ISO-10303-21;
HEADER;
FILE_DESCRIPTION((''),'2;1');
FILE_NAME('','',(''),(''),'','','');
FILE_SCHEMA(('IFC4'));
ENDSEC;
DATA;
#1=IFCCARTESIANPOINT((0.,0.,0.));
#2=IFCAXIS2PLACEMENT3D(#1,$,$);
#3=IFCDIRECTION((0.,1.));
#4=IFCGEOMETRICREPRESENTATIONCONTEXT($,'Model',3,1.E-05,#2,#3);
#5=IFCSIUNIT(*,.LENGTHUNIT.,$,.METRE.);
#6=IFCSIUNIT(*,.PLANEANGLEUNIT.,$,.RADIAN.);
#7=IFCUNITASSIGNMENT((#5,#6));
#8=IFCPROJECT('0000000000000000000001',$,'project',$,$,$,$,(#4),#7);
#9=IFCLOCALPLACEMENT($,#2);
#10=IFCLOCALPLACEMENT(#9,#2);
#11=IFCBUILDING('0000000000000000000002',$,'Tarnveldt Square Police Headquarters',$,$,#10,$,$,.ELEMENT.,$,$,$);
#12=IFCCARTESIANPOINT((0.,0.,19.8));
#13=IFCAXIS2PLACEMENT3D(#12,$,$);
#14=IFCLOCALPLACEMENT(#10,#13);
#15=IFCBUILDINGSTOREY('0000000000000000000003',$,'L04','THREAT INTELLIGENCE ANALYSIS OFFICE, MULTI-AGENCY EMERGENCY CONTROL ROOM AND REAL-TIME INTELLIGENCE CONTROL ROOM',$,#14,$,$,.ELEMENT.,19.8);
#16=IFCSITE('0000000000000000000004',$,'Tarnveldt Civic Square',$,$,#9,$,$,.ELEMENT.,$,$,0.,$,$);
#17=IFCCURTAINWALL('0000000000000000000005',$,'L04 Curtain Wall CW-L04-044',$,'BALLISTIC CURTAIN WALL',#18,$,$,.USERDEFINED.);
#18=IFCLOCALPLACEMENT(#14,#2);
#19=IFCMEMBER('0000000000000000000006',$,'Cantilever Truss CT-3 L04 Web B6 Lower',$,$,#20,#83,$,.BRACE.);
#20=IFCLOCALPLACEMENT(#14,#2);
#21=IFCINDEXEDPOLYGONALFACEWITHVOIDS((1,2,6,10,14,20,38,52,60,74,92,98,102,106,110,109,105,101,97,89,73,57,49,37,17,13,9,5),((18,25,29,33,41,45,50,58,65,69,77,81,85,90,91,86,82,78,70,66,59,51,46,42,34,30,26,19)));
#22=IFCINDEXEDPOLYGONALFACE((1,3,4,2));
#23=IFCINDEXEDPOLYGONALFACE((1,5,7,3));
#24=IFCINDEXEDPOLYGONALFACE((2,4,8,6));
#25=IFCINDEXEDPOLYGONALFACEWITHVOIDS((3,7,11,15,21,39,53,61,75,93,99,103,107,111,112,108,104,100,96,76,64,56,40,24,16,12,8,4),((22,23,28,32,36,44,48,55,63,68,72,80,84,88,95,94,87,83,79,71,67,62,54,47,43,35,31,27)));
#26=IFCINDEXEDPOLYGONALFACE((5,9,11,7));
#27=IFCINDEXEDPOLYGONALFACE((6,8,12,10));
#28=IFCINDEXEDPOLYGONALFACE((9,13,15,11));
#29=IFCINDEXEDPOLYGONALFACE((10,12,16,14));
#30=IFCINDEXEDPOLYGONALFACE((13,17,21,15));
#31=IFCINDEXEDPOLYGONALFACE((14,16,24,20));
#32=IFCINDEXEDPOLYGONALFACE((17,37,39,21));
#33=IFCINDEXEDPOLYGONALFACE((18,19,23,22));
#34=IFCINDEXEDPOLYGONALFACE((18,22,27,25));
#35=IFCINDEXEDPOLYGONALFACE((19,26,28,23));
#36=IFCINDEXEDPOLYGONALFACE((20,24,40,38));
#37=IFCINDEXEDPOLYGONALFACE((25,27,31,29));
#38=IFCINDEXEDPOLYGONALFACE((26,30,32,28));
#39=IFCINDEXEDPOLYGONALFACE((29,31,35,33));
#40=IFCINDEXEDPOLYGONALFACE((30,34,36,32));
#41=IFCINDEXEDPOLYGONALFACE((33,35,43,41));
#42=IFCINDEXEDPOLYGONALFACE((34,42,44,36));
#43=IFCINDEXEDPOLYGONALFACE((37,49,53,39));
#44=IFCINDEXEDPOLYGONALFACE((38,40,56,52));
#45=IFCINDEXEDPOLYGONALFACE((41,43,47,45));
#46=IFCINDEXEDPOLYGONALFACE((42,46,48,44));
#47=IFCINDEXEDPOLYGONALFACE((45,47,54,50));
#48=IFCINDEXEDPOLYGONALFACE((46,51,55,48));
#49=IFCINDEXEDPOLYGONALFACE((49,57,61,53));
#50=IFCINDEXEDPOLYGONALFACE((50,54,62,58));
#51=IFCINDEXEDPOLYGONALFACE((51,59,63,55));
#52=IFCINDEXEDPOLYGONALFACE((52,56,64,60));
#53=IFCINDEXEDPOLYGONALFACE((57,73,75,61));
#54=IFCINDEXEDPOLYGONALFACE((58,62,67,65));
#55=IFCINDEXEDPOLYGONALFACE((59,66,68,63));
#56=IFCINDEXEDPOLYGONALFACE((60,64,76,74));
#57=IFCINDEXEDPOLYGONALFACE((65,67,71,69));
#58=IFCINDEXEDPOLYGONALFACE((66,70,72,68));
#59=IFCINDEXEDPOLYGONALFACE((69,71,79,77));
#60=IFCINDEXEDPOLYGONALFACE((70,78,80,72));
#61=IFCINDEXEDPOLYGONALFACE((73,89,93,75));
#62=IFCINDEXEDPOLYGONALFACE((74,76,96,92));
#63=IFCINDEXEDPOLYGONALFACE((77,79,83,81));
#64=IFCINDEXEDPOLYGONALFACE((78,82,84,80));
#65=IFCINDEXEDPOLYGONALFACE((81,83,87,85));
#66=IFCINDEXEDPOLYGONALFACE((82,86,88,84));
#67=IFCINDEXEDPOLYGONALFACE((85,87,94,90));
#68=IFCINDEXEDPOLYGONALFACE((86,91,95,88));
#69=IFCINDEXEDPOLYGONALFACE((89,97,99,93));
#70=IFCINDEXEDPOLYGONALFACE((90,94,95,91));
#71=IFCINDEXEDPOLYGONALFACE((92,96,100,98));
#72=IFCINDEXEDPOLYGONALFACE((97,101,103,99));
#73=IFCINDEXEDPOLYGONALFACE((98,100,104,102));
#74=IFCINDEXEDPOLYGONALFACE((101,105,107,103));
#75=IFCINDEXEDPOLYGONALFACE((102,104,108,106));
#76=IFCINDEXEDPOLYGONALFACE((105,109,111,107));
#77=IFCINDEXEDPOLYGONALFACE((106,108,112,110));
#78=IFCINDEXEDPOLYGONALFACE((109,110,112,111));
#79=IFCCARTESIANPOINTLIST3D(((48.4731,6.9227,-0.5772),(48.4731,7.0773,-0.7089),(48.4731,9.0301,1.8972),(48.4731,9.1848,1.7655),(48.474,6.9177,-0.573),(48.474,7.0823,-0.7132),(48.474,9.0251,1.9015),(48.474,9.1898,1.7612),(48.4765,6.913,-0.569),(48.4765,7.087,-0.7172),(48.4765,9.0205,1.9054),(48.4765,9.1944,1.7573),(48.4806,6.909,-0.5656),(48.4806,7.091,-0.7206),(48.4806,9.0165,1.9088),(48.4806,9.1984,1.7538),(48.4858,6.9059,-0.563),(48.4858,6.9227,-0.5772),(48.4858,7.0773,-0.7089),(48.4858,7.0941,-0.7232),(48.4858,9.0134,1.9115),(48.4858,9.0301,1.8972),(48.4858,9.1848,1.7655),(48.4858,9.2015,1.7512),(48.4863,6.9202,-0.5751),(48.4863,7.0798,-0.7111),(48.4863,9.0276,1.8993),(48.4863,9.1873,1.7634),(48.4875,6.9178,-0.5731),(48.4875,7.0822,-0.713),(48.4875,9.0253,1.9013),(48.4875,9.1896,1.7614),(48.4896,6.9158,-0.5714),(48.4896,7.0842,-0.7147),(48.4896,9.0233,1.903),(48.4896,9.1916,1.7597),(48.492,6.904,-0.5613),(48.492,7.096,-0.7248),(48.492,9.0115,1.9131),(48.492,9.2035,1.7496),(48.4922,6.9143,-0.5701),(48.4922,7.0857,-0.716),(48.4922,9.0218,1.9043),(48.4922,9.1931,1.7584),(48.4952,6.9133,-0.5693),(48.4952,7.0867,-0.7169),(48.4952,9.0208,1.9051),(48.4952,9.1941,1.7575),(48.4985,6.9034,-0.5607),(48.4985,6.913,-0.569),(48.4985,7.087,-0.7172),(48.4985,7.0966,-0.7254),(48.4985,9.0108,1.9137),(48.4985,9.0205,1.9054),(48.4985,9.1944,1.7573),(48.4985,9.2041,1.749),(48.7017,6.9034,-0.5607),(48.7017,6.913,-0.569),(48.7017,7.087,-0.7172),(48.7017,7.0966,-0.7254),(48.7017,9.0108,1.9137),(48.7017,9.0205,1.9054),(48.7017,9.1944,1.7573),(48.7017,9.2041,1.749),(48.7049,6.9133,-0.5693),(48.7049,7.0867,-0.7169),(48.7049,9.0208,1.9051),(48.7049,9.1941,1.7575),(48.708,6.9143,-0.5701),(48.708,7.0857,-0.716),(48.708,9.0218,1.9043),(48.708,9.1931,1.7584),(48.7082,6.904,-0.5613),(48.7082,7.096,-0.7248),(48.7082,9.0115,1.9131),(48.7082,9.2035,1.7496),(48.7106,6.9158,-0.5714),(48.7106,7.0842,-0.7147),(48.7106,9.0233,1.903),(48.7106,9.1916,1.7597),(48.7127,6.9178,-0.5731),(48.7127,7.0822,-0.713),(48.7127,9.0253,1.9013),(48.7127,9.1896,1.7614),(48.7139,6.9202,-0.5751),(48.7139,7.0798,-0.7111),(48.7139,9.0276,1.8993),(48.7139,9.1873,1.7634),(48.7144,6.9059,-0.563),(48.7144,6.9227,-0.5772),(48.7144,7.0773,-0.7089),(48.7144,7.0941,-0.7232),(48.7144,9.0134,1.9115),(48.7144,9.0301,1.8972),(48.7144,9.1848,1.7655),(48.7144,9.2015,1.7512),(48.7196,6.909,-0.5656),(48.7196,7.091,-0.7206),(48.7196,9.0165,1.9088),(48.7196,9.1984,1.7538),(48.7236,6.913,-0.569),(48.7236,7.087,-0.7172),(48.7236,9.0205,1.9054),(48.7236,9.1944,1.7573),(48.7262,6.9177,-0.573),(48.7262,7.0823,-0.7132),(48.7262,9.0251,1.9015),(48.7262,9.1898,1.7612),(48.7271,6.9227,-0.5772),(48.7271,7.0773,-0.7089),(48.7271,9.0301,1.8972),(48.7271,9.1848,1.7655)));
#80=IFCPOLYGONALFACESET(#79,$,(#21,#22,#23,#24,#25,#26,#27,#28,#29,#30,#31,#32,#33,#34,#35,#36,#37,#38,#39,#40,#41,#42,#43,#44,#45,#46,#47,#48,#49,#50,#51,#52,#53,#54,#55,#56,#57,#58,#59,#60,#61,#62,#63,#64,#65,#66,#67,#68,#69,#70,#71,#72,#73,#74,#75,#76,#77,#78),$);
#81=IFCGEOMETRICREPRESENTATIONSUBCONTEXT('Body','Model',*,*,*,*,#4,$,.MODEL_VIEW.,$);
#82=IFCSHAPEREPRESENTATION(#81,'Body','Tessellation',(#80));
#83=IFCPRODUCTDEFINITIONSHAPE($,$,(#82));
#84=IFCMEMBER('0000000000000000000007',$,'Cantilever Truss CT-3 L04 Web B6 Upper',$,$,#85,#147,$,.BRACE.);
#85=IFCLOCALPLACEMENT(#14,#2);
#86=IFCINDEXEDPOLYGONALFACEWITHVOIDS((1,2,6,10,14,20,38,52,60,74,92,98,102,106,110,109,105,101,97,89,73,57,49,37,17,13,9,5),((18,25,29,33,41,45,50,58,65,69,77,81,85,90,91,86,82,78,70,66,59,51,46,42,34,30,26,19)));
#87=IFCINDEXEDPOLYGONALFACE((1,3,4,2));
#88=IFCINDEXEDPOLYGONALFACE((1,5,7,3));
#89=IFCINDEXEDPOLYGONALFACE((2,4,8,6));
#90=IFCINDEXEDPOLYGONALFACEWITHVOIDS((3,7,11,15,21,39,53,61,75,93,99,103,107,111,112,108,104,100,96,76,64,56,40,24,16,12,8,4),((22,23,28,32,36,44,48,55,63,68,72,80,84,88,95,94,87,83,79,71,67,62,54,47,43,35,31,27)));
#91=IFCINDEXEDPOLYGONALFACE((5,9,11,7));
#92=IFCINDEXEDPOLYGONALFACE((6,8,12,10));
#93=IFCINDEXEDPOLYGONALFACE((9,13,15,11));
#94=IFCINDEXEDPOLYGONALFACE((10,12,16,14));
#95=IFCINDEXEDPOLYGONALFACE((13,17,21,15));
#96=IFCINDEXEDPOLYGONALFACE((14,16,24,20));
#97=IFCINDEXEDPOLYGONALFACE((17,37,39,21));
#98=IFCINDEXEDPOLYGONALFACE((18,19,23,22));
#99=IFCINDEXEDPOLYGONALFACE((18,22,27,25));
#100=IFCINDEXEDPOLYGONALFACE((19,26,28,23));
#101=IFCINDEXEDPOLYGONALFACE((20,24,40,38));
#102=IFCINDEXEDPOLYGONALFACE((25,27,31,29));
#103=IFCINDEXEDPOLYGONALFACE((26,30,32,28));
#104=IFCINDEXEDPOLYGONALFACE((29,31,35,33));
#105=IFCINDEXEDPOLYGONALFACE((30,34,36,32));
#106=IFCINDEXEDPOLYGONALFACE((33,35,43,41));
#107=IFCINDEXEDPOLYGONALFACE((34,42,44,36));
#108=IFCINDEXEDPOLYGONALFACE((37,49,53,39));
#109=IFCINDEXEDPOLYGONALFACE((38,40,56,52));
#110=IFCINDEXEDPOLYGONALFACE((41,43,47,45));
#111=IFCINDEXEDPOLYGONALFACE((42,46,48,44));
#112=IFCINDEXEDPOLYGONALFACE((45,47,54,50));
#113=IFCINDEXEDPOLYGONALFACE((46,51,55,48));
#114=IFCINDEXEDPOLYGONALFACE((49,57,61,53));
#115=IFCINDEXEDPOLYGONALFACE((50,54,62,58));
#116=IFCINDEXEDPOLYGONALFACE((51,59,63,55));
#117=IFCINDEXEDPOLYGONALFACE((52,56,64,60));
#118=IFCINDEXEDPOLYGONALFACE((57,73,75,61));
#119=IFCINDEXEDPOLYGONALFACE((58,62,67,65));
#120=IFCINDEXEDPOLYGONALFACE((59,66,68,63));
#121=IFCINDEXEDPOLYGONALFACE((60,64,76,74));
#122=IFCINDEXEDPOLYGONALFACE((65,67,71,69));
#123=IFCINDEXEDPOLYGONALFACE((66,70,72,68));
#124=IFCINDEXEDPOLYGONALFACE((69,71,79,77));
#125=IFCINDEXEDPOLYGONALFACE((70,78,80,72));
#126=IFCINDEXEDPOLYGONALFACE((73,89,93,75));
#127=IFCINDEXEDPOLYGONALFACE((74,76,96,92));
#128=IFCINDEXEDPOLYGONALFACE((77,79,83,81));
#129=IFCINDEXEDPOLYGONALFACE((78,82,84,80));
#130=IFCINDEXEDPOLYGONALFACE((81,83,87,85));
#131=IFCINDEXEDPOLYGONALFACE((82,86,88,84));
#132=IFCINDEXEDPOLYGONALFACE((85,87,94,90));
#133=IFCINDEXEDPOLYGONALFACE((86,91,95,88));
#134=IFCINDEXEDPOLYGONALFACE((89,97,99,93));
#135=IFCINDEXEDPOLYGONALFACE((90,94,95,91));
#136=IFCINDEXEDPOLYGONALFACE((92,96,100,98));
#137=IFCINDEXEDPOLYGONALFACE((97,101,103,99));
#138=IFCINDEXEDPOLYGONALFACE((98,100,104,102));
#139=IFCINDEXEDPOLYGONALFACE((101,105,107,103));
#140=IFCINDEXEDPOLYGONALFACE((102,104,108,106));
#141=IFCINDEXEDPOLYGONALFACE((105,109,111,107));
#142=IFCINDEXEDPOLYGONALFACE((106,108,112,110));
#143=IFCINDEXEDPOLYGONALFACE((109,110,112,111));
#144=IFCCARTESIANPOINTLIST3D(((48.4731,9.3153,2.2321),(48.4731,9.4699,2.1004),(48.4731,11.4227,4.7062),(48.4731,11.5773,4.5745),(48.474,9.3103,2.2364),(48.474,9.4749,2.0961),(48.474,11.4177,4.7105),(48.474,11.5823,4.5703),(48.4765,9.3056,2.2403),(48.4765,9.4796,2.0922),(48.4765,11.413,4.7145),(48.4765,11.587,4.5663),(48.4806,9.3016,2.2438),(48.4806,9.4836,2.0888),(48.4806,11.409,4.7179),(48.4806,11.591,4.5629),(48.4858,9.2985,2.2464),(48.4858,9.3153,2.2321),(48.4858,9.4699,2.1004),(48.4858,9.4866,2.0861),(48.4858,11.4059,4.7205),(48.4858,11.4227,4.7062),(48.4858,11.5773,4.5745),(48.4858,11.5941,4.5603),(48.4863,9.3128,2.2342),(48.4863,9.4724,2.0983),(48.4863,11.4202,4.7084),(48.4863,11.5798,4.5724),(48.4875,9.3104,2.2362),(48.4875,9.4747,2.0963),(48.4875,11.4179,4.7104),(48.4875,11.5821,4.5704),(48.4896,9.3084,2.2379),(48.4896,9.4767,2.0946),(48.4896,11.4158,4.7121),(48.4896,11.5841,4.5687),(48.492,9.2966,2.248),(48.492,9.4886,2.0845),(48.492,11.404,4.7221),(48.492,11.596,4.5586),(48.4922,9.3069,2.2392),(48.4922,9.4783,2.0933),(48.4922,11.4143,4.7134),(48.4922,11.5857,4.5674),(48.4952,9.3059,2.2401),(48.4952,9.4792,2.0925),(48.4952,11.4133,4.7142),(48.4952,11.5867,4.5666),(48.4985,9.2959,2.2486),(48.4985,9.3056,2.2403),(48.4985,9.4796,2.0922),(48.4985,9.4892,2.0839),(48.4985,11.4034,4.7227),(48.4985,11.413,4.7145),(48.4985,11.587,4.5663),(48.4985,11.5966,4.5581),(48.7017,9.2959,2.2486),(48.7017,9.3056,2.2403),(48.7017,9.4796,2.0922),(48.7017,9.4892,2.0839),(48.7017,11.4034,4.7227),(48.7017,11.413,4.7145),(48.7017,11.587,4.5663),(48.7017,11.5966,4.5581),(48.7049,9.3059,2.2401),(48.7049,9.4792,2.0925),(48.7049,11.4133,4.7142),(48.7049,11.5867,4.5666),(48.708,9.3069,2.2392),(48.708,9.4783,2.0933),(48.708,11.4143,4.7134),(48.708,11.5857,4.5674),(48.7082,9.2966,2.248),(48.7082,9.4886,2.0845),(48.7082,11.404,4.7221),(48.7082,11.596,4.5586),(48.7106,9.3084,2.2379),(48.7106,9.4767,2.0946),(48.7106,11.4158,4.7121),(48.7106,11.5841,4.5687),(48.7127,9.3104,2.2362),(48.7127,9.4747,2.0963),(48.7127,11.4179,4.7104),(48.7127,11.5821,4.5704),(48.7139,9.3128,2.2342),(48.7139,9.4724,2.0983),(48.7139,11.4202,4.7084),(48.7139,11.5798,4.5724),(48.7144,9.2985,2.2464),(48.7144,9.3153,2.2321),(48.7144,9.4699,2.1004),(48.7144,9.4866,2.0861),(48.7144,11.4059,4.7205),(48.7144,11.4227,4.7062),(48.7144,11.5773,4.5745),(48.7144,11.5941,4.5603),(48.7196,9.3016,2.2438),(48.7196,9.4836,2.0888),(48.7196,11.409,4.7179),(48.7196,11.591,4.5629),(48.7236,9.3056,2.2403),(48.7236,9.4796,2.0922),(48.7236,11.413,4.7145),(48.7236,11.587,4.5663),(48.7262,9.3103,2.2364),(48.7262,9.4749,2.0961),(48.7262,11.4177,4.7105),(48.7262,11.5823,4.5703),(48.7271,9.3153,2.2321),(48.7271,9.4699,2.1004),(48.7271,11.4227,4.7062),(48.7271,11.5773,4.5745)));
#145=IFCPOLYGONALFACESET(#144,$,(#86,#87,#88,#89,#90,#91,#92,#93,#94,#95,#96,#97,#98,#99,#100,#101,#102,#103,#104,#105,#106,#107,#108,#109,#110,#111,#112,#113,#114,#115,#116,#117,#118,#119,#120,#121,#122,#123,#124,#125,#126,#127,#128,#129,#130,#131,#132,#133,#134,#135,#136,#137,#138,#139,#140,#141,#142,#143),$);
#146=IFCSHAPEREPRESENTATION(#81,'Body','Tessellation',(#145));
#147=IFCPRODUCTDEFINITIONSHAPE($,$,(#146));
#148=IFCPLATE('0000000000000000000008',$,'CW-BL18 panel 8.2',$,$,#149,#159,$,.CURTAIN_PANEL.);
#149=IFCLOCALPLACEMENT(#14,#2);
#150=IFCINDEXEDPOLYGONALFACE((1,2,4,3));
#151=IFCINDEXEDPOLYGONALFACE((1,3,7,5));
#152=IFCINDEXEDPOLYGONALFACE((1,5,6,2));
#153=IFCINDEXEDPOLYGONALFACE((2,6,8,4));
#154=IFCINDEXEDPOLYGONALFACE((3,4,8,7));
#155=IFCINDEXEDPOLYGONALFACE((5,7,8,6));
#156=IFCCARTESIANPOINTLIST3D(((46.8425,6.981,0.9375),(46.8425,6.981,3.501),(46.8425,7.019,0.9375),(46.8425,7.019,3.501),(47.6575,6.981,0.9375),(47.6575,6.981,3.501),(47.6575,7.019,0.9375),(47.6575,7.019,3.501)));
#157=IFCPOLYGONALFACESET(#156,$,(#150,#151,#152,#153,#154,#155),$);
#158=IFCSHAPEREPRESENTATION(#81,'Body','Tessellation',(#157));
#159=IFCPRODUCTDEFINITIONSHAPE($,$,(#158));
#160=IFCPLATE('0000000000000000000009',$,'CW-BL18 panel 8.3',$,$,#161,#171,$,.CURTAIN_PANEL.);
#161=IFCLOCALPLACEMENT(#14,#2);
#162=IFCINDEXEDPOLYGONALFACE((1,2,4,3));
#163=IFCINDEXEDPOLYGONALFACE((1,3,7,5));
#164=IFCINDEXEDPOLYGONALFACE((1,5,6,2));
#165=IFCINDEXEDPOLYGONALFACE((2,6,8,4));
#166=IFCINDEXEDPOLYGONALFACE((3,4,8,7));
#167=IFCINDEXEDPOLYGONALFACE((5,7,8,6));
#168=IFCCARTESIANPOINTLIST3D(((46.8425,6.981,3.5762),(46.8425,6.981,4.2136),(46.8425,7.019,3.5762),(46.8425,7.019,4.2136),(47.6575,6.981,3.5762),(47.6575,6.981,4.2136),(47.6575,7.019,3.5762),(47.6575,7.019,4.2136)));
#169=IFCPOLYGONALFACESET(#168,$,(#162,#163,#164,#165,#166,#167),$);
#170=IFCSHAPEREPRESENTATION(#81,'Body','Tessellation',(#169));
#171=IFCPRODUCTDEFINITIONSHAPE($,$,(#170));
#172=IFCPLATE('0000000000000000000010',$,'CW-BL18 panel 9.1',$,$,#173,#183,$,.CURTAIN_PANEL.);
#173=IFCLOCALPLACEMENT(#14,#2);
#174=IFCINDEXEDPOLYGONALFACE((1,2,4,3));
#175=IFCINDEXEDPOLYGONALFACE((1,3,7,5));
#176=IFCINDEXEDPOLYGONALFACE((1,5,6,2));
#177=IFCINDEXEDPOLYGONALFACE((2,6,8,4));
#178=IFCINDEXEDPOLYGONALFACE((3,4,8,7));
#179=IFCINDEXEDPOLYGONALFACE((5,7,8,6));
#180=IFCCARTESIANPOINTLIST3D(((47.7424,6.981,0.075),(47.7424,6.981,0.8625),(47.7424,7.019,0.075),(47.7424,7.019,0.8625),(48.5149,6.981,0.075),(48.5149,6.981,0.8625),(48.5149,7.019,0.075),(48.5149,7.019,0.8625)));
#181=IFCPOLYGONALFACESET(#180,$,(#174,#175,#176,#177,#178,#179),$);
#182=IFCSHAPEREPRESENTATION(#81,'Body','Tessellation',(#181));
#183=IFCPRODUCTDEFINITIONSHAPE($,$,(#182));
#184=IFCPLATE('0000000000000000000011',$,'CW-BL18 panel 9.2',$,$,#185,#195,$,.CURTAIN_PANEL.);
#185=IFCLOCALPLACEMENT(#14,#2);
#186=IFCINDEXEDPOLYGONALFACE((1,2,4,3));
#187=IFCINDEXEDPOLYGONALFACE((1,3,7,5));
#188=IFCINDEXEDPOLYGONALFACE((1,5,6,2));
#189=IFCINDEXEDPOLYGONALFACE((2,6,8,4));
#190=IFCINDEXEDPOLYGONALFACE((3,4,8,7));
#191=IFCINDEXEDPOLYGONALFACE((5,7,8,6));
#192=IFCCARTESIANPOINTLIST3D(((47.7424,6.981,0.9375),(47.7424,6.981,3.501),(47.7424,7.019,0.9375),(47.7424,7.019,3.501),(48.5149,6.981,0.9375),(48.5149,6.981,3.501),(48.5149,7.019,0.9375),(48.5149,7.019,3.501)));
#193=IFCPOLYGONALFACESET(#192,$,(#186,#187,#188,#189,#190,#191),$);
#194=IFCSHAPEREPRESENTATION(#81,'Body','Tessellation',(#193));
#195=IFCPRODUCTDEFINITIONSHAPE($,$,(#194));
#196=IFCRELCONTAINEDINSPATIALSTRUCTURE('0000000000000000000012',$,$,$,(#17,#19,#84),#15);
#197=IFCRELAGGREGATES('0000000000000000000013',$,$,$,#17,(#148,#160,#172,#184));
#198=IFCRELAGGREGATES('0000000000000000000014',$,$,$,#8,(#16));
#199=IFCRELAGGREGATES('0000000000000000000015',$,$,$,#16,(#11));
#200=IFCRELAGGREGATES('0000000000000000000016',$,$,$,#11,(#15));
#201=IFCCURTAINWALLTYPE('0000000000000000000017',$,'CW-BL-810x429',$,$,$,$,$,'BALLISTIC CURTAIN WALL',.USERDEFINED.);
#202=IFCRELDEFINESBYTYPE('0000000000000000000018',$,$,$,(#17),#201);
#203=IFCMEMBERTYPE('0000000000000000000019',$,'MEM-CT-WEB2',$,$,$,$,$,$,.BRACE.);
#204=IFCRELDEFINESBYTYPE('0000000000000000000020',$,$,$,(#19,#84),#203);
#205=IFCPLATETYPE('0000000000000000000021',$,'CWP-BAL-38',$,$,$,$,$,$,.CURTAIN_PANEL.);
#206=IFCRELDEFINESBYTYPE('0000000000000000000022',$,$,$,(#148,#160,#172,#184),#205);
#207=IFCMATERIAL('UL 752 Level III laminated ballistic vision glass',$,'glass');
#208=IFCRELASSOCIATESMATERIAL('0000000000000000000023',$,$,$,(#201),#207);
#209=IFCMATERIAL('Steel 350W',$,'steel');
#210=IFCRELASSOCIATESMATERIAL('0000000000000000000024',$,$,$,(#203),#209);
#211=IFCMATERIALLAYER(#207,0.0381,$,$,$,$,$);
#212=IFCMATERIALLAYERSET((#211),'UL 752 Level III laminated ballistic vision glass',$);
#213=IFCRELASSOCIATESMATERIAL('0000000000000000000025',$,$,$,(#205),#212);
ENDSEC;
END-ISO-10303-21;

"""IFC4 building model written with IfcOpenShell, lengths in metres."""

from ifc_helpers import new_model, si_unit, direction, frame, origin, origin_2d, place, context, subcontext, project, spatial, rectangle, hollow_rectangle, extrude, material, layer, layer_set, material_profile, profile_set, type_object, element, aggregate, save


model = new_model("IFC4")

# Units and contexts
model_context = context("Model", 3, precision=1e-05, world=origin(), true_north=direction((0.0, 1.0)))
body_context = subcontext(model_context, "Body", "Model", "MODEL_VIEW")
ifc_project = project(units=[si_unit("LENGTHUNIT", "METRE"), si_unit("PLANEANGLEUNIT", "RADIAN")], contexts=[model_context])

# Site, building, storey
site_placement = place(None, origin())
site = spatial("IfcSite", under=ifc_project, at=site_placement, Name="Tarnveldt Civic Square", CompositionType="ELEMENT", RefElevation=0.0)
building_placement = place(site_placement, origin())
building = spatial("IfcBuilding", under=site, at=building_placement, Name="Tarnveldt Square Police Headquarters", CompositionType="ELEMENT")
storey_placement = place(building_placement, frame((0.0, 0.0, 19.8)))
storey = spatial("IfcBuildingStorey", under=building, at=storey_placement, Name="L04", Description="THREAT INTELLIGENCE ANALYSIS OFFICE, MULTI-AGENCY EMERGENCY CONTROL ROOM AND REAL-TIME INTELLIGENCE CONTROL ROOM", CompositionType="ELEMENT", Elevation=19.8)

# Shared definitions
ifc_material_1 = material(Name="Steel 350W", Category="steel")

# Curtain wall
ifc_material_2 = material(Name="UL 752 Level III laminated ballistic vision glass", Category="glass")
curtain_wall_type_1 = type_object("IfcCurtainWallType", Name="CW-BL-810x429", ElementType="BALLISTIC CURTAIN WALL", PredefinedType="USERDEFINED", material=ifc_material_2)
curtain_wall_1_placement = place(storey_placement, origin())
curtain_wall_1 = element("IfcCurtainWall", 1, at=curtain_wall_1_placement, inside=storey, type_object=curtain_wall_type_1, Name="L04 Curtain Wall CW-L04-044", ObjectType="BALLISTIC CURTAIN WALL", PredefinedType="USERDEFINED")

# Members
ifc_material_profile_1 = material_profile(ifc_material_1, hollow_rectangle(XDim=0.2539, YDim=0.2539, WallThickness=0.0127, InnerFilletRadius=0.0127, OuterFilletRadius=0.0254, at=origin_2d()), Name="HSS254x254x13")
ifc_profile_set_1 = profile_set([ifc_material_profile_1], Name="Steel 350W")
member_type_1 = type_object("IfcMemberType", Name="MEM-CT-WEB2", PredefinedType="BRACE", material=ifc_profile_set_1)
member_1_placement = place(storey_placement, frame((48.6001, 7.0, -0.6431), z_axis=(0.0, 0.6484, 0.7613), x_axis=(-1.0, 0.0, 0.0)))
element("IfcMember", 2, at=member_1_placement, inside=storey, type_object=member_type_1, Name="Cantilever Truss CT-3 L04 Web B6 Lower", PredefinedType="BRACE", context=body_context, shape_type="SweptSolid", body=[
    extrude(hollow_rectangle(XDim=0.2539, YDim=0.2539, WallThickness=0.0127, InnerFilletRadius=0.0127, OuterFilletRadius=0.0254, at=origin_2d()), origin(), (0.0, 0.0, 1.0), 3.2502),
])
member_2_placement = place(storey_placement, frame((48.6001, 9.3926, 2.1663), z_axis=(0.0, 0.648437, 0.761268), x_axis=(-1.0, 0.0, 0.0)))
element("IfcMember", 3, at=member_2_placement, inside=storey, type_object=member_type_1, Name="Cantilever Truss CT-3 L04 Web B6 Upper", PredefinedType="BRACE", context=body_context, shape_type="SweptSolid", body=[
    extrude(hollow_rectangle(XDim=0.2539, YDim=0.2539, WallThickness=0.0127, InnerFilletRadius=0.0127, OuterFilletRadius=0.0254, at=origin_2d()), origin(), (0.0, 0.0, 1.0), 3.25),
])

# Plates
ifc_layer_1 = layer(ifc_material_2, 0.0381)
ifc_layer_set_1 = layer_set([ifc_layer_1], Name="UL 752 Level III laminated ballistic vision glass")
plate_type_1 = type_object("IfcPlateType", Name="CWP-BAL-38", PredefinedType="CURTAIN_PANEL", material=ifc_layer_set_1)
plate_1_placement = place(storey_placement, frame((47.25, 7.0, 0.9375), z_axis=(0.0, 0.0, 1.0), x_axis=(1.0, 0.0, 0.0)))
plate_1 = element("IfcPlate", 4, at=plate_1_placement, type_object=plate_type_1, Name="CW-BL18 panel 8.2", PredefinedType="CURTAIN_PANEL", context=body_context, shape_type="SweptSolid", body=[
    extrude(rectangle(XDim=0.8149, YDim=0.0381, at=origin_2d()), origin(), (0.0, 0.0, 1.0), 2.5635),
])
plate_2_placement = place(storey_placement, frame((47.25, 7.0, 3.5762), z_axis=(0.0, 0.0, 1.0), x_axis=(1.0, 0.0, 0.0)))
plate_2 = element("IfcPlate", 5, at=plate_2_placement, type_object=plate_type_1, Name="CW-BL18 panel 8.3", PredefinedType="CURTAIN_PANEL", context=body_context, shape_type="SweptSolid", body=[
    extrude(rectangle(XDim=0.8149, YDim=0.0381, at=origin_2d()), origin(), (0.0, 0.0, 1.0), 0.6375),
])
plate_3_placement = place(storey_placement, frame((48.1287, 7.0, 0.075), z_axis=(0.0, 0.0, 1.0), x_axis=(1.0, 0.0, 0.0)))
plate_3 = element("IfcPlate", 6, at=plate_3_placement, type_object=plate_type_1, Name="CW-BL18 panel 9.1", PredefinedType="CURTAIN_PANEL", context=body_context, shape_type="SweptSolid", body=[
    extrude(rectangle(XDim=0.7725, YDim=0.0381, at=origin_2d()), origin(), (0.0, 0.0, 1.0), 0.7876),
])
plate_4_placement = place(storey_placement, frame((48.1287, 7.0, 0.9375), z_axis=(0.0, 0.0, 1.0), x_axis=(1.0, 0.0, 0.0)))
plate_4 = element("IfcPlate", 7, at=plate_4_placement, type_object=plate_type_1, Name="CW-BL18 panel 9.2", PredefinedType="CURTAIN_PANEL", context=body_context, shape_type="SweptSolid", body=[
    extrude(rectangle(XDim=0.7725, YDim=0.0381, at=origin_2d()), origin(), (0.0, 0.0, 1.0), 2.5635),
])
aggregate(curtain_wall_1, [plate_1, plate_2, plate_3, plate_4])

save(model, "model.ifc")
